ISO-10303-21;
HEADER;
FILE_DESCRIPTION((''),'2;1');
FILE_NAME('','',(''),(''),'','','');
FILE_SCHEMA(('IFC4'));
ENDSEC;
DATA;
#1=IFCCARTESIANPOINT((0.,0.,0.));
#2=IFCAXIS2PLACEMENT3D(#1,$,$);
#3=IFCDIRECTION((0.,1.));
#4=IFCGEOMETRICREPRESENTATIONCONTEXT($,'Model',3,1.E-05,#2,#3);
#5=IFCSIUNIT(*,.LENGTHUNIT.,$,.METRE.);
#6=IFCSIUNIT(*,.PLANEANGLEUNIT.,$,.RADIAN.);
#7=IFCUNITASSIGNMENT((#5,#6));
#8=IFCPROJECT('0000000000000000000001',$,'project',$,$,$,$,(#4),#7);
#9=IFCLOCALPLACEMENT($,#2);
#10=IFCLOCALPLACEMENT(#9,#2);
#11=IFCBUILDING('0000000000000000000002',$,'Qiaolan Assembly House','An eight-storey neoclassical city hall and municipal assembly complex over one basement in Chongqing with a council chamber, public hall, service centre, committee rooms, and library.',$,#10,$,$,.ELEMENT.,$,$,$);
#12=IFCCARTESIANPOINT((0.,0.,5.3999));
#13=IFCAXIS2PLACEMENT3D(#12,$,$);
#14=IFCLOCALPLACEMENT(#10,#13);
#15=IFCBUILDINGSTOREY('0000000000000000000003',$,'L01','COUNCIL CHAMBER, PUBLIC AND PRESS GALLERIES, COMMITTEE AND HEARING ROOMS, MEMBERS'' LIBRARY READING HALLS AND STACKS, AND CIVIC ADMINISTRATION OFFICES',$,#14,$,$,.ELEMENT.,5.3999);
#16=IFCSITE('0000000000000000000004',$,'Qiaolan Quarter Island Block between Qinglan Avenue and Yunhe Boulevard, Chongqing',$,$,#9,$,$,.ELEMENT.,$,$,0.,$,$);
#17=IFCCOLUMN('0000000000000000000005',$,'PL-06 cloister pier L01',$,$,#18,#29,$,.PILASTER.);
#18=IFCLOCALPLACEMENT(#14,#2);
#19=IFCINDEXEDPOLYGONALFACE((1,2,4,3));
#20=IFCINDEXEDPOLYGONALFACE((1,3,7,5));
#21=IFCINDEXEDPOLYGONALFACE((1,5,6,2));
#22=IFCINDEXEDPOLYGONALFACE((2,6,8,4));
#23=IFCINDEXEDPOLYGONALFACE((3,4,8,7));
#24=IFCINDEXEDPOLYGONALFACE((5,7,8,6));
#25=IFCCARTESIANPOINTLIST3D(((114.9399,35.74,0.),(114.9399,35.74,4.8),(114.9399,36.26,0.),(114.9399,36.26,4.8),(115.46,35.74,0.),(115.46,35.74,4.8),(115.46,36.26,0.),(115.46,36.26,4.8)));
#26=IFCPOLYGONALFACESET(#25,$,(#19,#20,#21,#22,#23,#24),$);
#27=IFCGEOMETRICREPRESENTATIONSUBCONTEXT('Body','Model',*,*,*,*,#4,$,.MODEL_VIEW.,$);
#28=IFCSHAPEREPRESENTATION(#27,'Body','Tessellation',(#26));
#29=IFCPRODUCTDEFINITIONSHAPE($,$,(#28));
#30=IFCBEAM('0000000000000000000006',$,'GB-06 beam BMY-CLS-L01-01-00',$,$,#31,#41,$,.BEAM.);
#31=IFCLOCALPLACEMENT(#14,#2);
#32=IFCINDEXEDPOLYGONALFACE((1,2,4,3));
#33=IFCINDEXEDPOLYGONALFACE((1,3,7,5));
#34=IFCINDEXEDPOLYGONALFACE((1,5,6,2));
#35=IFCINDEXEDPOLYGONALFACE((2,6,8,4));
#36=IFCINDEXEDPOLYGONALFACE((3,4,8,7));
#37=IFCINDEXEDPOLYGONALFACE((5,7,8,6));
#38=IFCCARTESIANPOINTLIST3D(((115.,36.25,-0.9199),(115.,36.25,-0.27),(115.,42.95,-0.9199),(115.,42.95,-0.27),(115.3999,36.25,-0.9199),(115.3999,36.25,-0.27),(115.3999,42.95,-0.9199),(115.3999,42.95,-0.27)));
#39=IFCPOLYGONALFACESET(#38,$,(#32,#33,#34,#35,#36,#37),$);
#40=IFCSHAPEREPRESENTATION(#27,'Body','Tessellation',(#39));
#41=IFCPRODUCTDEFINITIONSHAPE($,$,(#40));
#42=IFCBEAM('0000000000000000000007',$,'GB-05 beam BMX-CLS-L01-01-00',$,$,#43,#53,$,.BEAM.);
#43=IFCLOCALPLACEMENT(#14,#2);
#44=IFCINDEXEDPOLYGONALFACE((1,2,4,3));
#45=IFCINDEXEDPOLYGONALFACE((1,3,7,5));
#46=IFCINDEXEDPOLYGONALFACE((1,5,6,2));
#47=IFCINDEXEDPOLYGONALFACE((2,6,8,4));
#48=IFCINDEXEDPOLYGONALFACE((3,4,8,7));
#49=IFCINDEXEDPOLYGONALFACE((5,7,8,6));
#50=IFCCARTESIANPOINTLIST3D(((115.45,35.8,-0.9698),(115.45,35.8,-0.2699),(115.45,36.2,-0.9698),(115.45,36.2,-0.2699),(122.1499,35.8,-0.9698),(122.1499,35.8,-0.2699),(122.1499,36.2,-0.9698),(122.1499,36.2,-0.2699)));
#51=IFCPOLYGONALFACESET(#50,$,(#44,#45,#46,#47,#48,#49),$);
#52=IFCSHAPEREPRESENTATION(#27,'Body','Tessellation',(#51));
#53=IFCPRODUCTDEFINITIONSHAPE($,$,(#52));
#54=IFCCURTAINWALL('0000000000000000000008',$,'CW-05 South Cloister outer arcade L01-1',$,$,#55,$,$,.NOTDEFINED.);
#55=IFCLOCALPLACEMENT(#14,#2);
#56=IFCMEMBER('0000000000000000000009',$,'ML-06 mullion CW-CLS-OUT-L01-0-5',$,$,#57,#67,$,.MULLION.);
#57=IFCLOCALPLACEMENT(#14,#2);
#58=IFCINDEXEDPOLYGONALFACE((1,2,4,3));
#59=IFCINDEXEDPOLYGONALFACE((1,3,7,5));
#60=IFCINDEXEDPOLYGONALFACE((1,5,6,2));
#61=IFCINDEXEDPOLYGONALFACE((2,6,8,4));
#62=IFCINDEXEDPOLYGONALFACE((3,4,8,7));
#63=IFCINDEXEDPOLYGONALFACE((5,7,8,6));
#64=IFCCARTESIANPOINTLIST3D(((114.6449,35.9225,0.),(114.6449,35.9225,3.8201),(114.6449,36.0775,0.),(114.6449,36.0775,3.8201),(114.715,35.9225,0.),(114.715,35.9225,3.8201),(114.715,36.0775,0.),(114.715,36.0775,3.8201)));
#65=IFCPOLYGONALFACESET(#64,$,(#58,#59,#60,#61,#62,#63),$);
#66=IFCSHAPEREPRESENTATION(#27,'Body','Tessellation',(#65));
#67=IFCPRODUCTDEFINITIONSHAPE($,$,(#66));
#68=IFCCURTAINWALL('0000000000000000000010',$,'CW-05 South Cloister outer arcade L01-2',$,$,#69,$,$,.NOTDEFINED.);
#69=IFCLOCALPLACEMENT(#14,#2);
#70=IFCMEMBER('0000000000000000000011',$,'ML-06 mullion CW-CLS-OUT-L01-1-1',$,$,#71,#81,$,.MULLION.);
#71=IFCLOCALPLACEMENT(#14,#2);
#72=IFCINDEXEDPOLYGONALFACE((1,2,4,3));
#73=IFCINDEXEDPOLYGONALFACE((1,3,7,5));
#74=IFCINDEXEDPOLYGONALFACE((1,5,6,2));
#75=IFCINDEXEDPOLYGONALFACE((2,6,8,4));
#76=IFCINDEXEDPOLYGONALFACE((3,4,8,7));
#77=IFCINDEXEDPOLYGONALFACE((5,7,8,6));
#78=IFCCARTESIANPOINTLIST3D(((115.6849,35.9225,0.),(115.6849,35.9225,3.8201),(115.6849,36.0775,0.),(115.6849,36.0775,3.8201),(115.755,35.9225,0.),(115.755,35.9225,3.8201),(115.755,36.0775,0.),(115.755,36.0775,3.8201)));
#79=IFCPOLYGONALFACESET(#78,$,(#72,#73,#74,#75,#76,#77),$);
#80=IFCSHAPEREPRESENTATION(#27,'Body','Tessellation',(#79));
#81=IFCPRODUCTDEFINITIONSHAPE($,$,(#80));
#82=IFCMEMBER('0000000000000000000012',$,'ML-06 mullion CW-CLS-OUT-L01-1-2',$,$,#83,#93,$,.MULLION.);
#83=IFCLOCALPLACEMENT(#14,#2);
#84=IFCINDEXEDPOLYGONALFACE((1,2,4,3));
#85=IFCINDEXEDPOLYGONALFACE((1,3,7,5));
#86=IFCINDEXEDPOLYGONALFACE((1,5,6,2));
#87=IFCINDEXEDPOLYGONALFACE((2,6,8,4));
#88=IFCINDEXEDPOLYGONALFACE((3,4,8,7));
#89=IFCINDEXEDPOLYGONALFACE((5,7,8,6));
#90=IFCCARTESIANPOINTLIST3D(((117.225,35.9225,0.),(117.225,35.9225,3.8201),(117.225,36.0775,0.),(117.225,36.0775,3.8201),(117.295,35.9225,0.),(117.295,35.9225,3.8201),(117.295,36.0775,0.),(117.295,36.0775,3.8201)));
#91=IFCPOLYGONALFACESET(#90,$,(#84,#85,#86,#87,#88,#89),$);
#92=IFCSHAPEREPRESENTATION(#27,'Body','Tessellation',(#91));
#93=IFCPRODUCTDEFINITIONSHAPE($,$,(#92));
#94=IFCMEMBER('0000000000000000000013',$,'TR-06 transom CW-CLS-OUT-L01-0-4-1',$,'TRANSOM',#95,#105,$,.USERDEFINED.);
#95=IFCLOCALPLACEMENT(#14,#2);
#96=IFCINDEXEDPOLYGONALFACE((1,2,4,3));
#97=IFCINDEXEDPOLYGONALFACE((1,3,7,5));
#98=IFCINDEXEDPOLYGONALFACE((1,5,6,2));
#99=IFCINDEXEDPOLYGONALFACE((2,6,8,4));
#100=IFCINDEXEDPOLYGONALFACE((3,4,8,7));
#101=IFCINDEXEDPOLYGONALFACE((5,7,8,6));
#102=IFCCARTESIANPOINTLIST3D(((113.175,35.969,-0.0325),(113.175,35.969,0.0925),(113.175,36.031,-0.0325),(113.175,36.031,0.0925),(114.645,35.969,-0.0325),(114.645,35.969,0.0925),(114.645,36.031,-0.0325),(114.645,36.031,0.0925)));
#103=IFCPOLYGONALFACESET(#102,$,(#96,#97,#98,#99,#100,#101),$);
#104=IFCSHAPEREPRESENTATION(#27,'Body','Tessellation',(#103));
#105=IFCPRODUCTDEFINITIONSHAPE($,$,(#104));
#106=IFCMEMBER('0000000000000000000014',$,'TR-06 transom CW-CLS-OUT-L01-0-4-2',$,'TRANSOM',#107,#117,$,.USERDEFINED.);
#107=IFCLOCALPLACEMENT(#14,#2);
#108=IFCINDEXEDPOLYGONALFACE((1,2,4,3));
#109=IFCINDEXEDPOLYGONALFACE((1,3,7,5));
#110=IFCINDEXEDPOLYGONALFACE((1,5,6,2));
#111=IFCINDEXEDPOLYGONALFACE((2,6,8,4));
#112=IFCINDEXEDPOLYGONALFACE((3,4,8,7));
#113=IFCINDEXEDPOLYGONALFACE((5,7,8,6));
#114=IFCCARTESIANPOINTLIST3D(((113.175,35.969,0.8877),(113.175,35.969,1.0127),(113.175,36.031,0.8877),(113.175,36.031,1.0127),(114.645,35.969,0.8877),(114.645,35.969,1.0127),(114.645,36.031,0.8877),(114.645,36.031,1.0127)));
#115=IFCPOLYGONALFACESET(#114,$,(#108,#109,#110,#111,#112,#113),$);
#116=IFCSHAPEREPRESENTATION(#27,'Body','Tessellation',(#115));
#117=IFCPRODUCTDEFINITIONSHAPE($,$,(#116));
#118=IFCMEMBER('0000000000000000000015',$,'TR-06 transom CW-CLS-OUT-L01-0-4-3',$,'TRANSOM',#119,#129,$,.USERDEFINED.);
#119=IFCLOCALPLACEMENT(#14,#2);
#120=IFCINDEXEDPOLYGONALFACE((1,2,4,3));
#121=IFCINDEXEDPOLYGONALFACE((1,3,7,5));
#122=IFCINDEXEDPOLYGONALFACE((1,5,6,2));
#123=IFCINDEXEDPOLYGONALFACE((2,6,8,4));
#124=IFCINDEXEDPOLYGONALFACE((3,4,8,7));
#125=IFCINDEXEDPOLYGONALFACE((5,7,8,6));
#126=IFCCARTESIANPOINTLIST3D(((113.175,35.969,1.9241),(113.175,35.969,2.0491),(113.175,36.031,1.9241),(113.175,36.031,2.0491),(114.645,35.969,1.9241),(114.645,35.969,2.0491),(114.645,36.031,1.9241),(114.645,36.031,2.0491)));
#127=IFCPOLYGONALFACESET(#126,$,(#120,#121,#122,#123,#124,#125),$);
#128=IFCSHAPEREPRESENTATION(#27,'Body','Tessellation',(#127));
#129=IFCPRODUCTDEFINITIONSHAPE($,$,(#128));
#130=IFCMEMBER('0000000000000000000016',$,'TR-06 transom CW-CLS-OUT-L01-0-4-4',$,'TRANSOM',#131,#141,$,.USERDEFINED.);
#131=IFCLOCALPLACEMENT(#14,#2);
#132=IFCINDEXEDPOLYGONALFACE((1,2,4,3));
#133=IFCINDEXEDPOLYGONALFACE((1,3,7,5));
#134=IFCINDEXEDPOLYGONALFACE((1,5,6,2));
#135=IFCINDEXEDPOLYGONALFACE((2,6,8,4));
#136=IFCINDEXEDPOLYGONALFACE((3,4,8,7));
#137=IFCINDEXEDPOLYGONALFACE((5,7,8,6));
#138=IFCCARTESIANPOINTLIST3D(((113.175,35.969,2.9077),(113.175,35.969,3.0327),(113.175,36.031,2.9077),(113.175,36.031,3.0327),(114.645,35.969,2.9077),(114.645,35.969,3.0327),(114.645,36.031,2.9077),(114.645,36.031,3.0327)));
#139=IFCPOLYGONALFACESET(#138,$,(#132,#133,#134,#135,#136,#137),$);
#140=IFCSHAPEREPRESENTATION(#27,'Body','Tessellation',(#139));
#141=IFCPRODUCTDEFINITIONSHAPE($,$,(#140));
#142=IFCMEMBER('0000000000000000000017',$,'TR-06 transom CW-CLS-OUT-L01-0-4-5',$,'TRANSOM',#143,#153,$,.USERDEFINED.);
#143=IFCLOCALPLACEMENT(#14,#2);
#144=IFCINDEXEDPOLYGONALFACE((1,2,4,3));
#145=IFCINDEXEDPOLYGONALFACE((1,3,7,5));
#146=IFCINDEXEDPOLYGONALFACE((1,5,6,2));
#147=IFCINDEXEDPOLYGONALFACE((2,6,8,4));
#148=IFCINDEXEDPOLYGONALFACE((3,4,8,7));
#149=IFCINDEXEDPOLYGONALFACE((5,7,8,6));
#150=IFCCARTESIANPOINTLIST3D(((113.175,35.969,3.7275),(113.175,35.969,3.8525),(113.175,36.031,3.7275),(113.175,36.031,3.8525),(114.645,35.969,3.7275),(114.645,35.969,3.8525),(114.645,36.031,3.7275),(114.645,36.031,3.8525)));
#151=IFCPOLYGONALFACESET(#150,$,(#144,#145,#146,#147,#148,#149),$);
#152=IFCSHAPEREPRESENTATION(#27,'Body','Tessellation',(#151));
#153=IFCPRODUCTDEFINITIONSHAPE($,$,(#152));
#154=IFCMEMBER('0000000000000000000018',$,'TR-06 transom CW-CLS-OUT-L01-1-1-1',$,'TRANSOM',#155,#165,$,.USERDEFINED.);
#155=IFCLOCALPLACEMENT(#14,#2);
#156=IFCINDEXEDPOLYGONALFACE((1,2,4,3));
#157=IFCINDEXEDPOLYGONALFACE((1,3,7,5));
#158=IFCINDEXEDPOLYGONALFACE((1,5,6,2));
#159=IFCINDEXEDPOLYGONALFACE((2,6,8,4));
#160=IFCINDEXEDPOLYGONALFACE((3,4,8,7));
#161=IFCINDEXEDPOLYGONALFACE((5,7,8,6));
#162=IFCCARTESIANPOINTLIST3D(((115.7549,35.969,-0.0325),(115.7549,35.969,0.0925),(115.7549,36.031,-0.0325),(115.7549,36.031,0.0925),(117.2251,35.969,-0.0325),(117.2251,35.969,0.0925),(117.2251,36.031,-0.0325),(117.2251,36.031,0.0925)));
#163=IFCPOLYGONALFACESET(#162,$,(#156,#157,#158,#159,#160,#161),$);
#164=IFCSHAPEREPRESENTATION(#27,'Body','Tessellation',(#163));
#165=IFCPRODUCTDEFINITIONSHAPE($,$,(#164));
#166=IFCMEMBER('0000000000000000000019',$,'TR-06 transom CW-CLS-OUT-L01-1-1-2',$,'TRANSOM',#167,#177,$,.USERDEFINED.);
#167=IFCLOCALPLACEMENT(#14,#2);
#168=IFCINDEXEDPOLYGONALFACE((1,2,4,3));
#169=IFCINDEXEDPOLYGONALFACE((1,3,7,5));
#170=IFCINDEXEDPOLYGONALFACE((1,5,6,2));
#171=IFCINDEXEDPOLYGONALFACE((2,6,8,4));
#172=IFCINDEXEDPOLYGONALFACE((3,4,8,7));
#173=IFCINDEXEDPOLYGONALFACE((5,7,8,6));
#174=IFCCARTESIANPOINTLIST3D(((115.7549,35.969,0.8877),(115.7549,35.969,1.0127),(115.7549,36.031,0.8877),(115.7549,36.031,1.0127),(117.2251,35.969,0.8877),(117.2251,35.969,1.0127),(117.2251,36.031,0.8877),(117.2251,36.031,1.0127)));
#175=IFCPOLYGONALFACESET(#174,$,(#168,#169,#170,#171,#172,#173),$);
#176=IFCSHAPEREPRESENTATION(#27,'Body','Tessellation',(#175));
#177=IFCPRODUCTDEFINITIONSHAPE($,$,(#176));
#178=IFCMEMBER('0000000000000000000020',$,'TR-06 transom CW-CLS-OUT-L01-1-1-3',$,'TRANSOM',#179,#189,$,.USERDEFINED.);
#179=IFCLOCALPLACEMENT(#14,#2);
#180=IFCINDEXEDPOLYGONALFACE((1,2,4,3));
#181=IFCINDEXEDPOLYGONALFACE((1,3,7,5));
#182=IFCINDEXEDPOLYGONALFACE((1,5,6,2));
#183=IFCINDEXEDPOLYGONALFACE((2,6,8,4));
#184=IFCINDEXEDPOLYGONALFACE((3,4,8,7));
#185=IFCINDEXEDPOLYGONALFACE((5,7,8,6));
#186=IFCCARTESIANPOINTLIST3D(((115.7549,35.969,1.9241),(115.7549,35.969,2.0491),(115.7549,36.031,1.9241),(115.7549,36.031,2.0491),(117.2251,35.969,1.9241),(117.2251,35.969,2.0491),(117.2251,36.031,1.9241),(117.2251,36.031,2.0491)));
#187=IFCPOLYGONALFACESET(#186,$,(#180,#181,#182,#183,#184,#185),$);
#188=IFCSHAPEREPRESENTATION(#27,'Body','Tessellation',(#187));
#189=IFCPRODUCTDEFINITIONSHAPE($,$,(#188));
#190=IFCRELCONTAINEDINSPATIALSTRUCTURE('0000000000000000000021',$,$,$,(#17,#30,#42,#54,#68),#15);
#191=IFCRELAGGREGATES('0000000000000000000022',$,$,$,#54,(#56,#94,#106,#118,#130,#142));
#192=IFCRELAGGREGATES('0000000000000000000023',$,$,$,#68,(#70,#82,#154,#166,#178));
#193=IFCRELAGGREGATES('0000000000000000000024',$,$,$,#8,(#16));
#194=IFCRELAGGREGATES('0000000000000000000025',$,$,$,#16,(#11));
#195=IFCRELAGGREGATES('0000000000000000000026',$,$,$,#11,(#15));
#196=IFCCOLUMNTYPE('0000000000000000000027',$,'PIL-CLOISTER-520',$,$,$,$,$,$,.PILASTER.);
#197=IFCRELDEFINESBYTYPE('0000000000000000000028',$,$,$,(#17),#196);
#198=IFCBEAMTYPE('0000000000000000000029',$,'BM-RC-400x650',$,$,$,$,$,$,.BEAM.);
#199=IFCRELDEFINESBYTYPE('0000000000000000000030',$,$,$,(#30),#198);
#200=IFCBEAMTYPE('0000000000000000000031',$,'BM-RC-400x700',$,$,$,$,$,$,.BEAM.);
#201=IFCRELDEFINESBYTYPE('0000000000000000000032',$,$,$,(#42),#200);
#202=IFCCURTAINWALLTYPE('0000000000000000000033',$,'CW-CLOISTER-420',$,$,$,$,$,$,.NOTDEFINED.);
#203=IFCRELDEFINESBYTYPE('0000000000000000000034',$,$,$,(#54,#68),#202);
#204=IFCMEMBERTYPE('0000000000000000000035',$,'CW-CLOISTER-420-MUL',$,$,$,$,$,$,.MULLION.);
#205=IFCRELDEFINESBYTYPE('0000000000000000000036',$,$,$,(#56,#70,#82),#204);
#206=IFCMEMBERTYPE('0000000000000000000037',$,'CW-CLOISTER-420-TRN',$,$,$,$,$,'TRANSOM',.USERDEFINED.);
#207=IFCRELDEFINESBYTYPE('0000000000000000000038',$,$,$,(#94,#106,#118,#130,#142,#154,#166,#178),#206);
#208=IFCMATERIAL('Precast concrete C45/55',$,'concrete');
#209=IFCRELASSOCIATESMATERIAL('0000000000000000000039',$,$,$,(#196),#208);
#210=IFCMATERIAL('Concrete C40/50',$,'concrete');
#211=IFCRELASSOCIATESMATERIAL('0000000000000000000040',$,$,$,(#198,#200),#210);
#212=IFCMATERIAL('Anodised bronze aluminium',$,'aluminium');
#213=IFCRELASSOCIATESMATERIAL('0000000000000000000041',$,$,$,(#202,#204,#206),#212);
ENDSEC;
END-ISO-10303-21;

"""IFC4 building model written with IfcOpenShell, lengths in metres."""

from ifc_helpers import new_model, si_unit, direction, frame, origin, origin_2d, place, context, subcontext, project, spatial, rectangle, extrude, material, material_profile, profile_set, type_object, element, aggregate, save


model = new_model("IFC4")

# Units and contexts
model_context = context("Model", 3, precision=1e-05, world=origin(), true_north=direction((0.0, 1.0)))
body_context = subcontext(model_context, "Body", "Model", "MODEL_VIEW")
ifc_project = project(units=[si_unit("LENGTHUNIT", "METRE"), si_unit("PLANEANGLEUNIT", "RADIAN")], contexts=[model_context])

# Site, building, storey
site_placement = place(None, origin())
site = spatial("IfcSite", under=ifc_project, at=site_placement, Name="Qiaolan Quarter Island Block between Qinglan Avenue and Yunhe Boulevard, Chongqing", CompositionType="ELEMENT", RefElevation=0.0)
building_placement = place(site_placement, origin())
building = spatial("IfcBuilding", under=site, at=building_placement, Name="Qiaolan Assembly House", Description="An eight-storey neoclassical city hall and municipal assembly complex over one basement in Chongqing with a council chamber, public hall, service centre, committee rooms, and library.", CompositionType="ELEMENT")
storey_placement = place(building_placement, frame((0.0, 0.0, 5.3999)))
storey = spatial("IfcBuildingStorey", under=building, at=storey_placement, Name="L01", Description="COUNCIL CHAMBER, PUBLIC AND PRESS GALLERIES, COMMITTEE AND HEARING ROOMS, MEMBERS' LIBRARY READING HALLS AND STACKS, AND CIVIC ADMINISTRATION OFFICES", CompositionType="ELEMENT", Elevation=5.3999)

# Column
ifc_material_1 = material(Name="Precast concrete C45/55", Category="concrete")
ifc_material_profile_1 = material_profile(ifc_material_1, rectangle(XDim=0.52, YDim=0.52, at=origin_2d()), Name="PIL 520x520")
ifc_profile_set_1 = profile_set([ifc_material_profile_1], Name="Precast concrete C45/55")
column_type = type_object("IfcColumnType", Name="PIL-CLOISTER-520", PredefinedType="PILASTER", material=ifc_profile_set_1)
column_placement = place(storey_placement, frame((115.2, 36.0, 0.0), z_axis=(0.0, 0.0, 1.0), x_axis=(1.0, 0.0, 0.0)))
element("IfcColumn", 1, at=column_placement, inside=storey, type_object=column_type, Name="PL-06 cloister pier L01", PredefinedType="PILASTER", context=body_context, shape_type="SweptSolid", body=[
    extrude(rectangle(XDim=0.52, YDim=0.52, at=origin_2d()), origin(), (0.0, 0.0, 1.0), 4.8),
])

# Beams
ifc_material_2 = material(Name="Concrete C40/50", Category="concrete")
ifc_material_profile_2 = material_profile(ifc_material_2, rectangle(XDim=0.3999, YDim=0.6499, at=origin_2d()), Name="RCB 400x650")
ifc_profile_set_2 = profile_set([ifc_material_profile_2], Name="Concrete C40/50")
beam_type_1 = type_object("IfcBeamType", Name="BM-RC-400x650", PredefinedType="BEAM", material=ifc_profile_set_2)
beam_1_placement = place(storey_placement, frame((115.2, 36.25, -0.595), z_axis=(0.0, 1.0, 0.0), x_axis=(-1.0, 0.0, 0.0)))
element("IfcBeam", 2, at=beam_1_placement, inside=storey, type_object=beam_type_1, Name="GB-06 beam BMY-CLS-L01-01-00", PredefinedType="BEAM", context=body_context, shape_type="SweptSolid", body=[
    extrude(rectangle(XDim=0.3999, YDim=0.6499, at=origin_2d()), origin(), (0.0, 0.0, 1.0), 6.7),
])
ifc_material_profile_3 = material_profile(ifc_material_2, rectangle(XDim=0.3999, YDim=0.7, at=origin_2d()), Name="RCB 400x700")
ifc_profile_set_3 = profile_set([ifc_material_profile_3], Name="Concrete C40/50")
beam_type_2 = type_object("IfcBeamType", Name="BM-RC-400x700", PredefinedType="BEAM", material=ifc_profile_set_3)
beam_2_placement = place(storey_placement, frame((115.45, 36.0, -0.6199), z_axis=(1.0, 0.0, 0.0), x_axis=(0.0, 1.0, 0.0)))
element("IfcBeam", 3, at=beam_2_placement, inside=storey, type_object=beam_type_2, Name="GB-05 beam BMX-CLS-L01-01-00", PredefinedType="BEAM", context=body_context, shape_type="SweptSolid", body=[
    extrude(rectangle(XDim=0.3999, YDim=0.7, at=origin_2d()), origin(), (0.0, 0.0, 1.0), 6.7),
])

# Curtain wall, member
ifc_material_3 = material(Name="Anodised bronze aluminium", Category="aluminium")
curtain_wall_type = type_object("IfcCurtainWallType", Name="CW-CLOISTER-420", PredefinedType="NOTDEFINED", material=ifc_material_3)
curtain_wall_1_placement = place(storey_placement, origin())
curtain_wall_1 = element("IfcCurtainWall", 4, at=curtain_wall_1_placement, inside=storey, type_object=curtain_wall_type, Name="CW-05 South Cloister outer arcade L01-1", PredefinedType="NOTDEFINED")
ifc_material_profile_4 = material_profile(ifc_material_3, rectangle(XDim=0.0701, YDim=0.155, at=origin_2d()), Name="MUL 70x155")
ifc_profile_set_4 = profile_set([ifc_material_profile_4], Name="Anodised bronze aluminium")
member_type_1 = type_object("IfcMemberType", Name="CW-CLOISTER-420-MUL", PredefinedType="MULLION", material=ifc_profile_set_4)
member_1_placement = place(storey_placement, frame((114.6799, 36.0, 0.0), z_axis=(0.0, 0.0, 1.0), x_axis=(1.0, 0.0, 0.0)))
member_1 = element("IfcMember", 5, at=member_1_placement, type_object=member_type_1, Name="ML-06 mullion CW-CLS-OUT-L01-0-5", PredefinedType="MULLION", context=body_context, shape_type="SweptSolid", body=[
    extrude(rectangle(XDim=0.0701, YDim=0.155, at=origin_2d()), origin(), (0.0, 0.0, 1.0), 3.8201),
])

# Curtain wall, members
curtain_wall_2_placement = place(storey_placement, origin())
curtain_wall_2 = element("IfcCurtainWall", 6, at=curtain_wall_2_placement, inside=storey, type_object=curtain_wall_type, Name="CW-05 South Cloister outer arcade L01-2", PredefinedType="NOTDEFINED")
member_2_placement = place(storey_placement, frame((115.72, 36.0, 0.0), z_axis=(0.0, 0.0, 1.0), x_axis=(1.0, 0.0, 0.0)))
member_2 = element("IfcMember", 7, at=member_2_placement, type_object=member_type_1, Name="ML-06 mullion CW-CLS-OUT-L01-1-1", PredefinedType="MULLION", context=body_context, shape_type="SweptSolid", body=[
    extrude(rectangle(XDim=0.0701, YDim=0.155, at=origin_2d()), origin(), (0.0, 0.0, 1.0), 3.8201),
])
member_3_placement = place(storey_placement, frame((117.26, 36.0, 0.0), z_axis=(0.0, 0.0, 1.0), x_axis=(1.0, 0.0, 0.0)))
member_3 = element("IfcMember", 8, at=member_3_placement, type_object=member_type_1, Name="ML-06 mullion CW-CLS-OUT-L01-1-2", PredefinedType="MULLION", context=body_context, shape_type="SweptSolid", body=[
    extrude(rectangle(XDim=0.0701, YDim=0.155, at=origin_2d()), origin(), (0.0, 0.0, 1.0), 3.8201),
])

# Members
ifc_material_profile_5 = material_profile(ifc_material_3, rectangle(XDim=0.062, YDim=0.125, at=origin_2d()), Name="TRN 62x125")
ifc_profile_set_5 = profile_set([ifc_material_profile_5], Name="Anodised bronze aluminium")
member_type_2 = type_object("IfcMemberType", Name="CW-CLOISTER-420-TRN", ElementType="TRANSOM", PredefinedType="USERDEFINED", material=ifc_profile_set_5)
member_4_placement = place(storey_placement, frame((113.175, 36.0, 0.03), z_axis=(1.0, 0.0, 0.0), x_axis=(0.0, 1.0, 0.0)))
member_4 = element("IfcMember", 9, at=member_4_placement, type_object=member_type_2, Name="TR-06 transom CW-CLS-OUT-L01-0-4-1", ObjectType="TRANSOM", PredefinedType="USERDEFINED", context=body_context, shape_type="SweptSolid", body=[
    extrude(rectangle(XDim=0.062, YDim=0.125, at=origin_2d()), origin(), (0.0, 0.0, 1.0), 1.47),
])
member_5_placement = place(storey_placement, frame((113.175, 36.0, 0.9502), z_axis=(1.0, 0.0, 0.0), x_axis=(0.0, 1.0, 0.0)))
member_5 = element("IfcMember", 10, at=member_5_placement, type_object=member_type_2, Name="TR-06 transom CW-CLS-OUT-L01-0-4-2", ObjectType="TRANSOM", PredefinedType="USERDEFINED", context=body_context, shape_type="SweptSolid", body=[
    extrude(rectangle(XDim=0.062, YDim=0.125, at=origin_2d()), origin(), (0.0, 0.0, 1.0), 1.47),
])
member_6_placement = place(storey_placement, frame((113.175, 36.0, 1.9866), z_axis=(1.0, 0.0, 0.0), x_axis=(0.0, 1.0, 0.0)))
member_6 = element("IfcMember", 11, at=member_6_placement, type_object=member_type_2, Name="TR-06 transom CW-CLS-OUT-L01-0-4-3", ObjectType="TRANSOM", PredefinedType="USERDEFINED", context=body_context, shape_type="SweptSolid", body=[
    extrude(rectangle(XDim=0.062, YDim=0.125, at=origin_2d()), origin(), (0.0, 0.0, 1.0), 1.47),
])
member_7_placement = place(storey_placement, frame((113.175, 36.0, 2.9702), z_axis=(1.0, 0.0, 0.0), x_axis=(0.0, 1.0, 0.0)))
member_7 = element("IfcMember", 12, at=member_7_placement, type_object=member_type_2, Name="TR-06 transom CW-CLS-OUT-L01-0-4-4", ObjectType="TRANSOM", PredefinedType="USERDEFINED", context=body_context, shape_type="SweptSolid", body=[
    extrude(rectangle(XDim=0.062, YDim=0.125, at=origin_2d()), origin(), (0.0, 0.0, 1.0), 1.47),
])
member_8_placement = place(storey_placement, frame((113.175, 36.0, 3.79), z_axis=(1.0, 0.0, 0.0), x_axis=(0.0, 1.0, 0.0)))
member_8 = element("IfcMember", 13, at=member_8_placement, type_object=member_type_2, Name="TR-06 transom CW-CLS-OUT-L01-0-4-5", ObjectType="TRANSOM", PredefinedType="USERDEFINED", context=body_context, shape_type="SweptSolid", body=[
    extrude(rectangle(XDim=0.062, YDim=0.125, at=origin_2d()), origin(), (0.0, 0.0, 1.0), 1.47),
])
aggregate(curtain_wall_1, [member_1, member_4, member_5, member_6, member_7, member_8])
member_9_placement = place(storey_placement, frame((115.7549, 36.0, 0.03), z_axis=(1.0, 0.0, 0.0), x_axis=(0.0, 1.0, 0.0)))
member_9 = element("IfcMember", 14, at=member_9_placement, type_object=member_type_2, Name="TR-06 transom CW-CLS-OUT-L01-1-1-1", ObjectType="TRANSOM", PredefinedType="USERDEFINED", context=body_context, shape_type="SweptSolid", body=[
    extrude(rectangle(XDim=0.062, YDim=0.125, at=origin_2d()), origin(), (0.0, 0.0, 1.0), 1.4702),
])
member_10_placement = place(storey_placement, frame((115.7549, 36.0, 0.9502), z_axis=(1.0, 0.0, 0.0), x_axis=(0.0, 1.0, 0.0)))
member_10 = element("IfcMember", 15, at=member_10_placement, type_object=member_type_2, Name="TR-06 transom CW-CLS-OUT-L01-1-1-2", ObjectType="TRANSOM", PredefinedType="USERDEFINED", context=body_context, shape_type="SweptSolid", body=[
    extrude(rectangle(XDim=0.062, YDim=0.125, at=origin_2d()), origin(), (0.0, 0.0, 1.0), 1.4702),
])
member_11_placement = place(storey_placement, frame((115.7549, 36.0, 1.9866), z_axis=(1.0, 0.0, 0.0), x_axis=(0.0, 1.0, 0.0)))
member_11 = element("IfcMember", 16, at=member_11_placement, type_object=member_type_2, Name="TR-06 transom CW-CLS-OUT-L01-1-1-3", ObjectType="TRANSOM", PredefinedType="USERDEFINED", context=body_context, shape_type="SweptSolid", body=[
    extrude(rectangle(XDim=0.062, YDim=0.125, at=origin_2d()), origin(), (0.0, 0.0, 1.0), 1.4702),
])

aggregate(curtain_wall_2, [member_2, member_3, member_9, member_10, member_11])

save(model, "model.ifc")
